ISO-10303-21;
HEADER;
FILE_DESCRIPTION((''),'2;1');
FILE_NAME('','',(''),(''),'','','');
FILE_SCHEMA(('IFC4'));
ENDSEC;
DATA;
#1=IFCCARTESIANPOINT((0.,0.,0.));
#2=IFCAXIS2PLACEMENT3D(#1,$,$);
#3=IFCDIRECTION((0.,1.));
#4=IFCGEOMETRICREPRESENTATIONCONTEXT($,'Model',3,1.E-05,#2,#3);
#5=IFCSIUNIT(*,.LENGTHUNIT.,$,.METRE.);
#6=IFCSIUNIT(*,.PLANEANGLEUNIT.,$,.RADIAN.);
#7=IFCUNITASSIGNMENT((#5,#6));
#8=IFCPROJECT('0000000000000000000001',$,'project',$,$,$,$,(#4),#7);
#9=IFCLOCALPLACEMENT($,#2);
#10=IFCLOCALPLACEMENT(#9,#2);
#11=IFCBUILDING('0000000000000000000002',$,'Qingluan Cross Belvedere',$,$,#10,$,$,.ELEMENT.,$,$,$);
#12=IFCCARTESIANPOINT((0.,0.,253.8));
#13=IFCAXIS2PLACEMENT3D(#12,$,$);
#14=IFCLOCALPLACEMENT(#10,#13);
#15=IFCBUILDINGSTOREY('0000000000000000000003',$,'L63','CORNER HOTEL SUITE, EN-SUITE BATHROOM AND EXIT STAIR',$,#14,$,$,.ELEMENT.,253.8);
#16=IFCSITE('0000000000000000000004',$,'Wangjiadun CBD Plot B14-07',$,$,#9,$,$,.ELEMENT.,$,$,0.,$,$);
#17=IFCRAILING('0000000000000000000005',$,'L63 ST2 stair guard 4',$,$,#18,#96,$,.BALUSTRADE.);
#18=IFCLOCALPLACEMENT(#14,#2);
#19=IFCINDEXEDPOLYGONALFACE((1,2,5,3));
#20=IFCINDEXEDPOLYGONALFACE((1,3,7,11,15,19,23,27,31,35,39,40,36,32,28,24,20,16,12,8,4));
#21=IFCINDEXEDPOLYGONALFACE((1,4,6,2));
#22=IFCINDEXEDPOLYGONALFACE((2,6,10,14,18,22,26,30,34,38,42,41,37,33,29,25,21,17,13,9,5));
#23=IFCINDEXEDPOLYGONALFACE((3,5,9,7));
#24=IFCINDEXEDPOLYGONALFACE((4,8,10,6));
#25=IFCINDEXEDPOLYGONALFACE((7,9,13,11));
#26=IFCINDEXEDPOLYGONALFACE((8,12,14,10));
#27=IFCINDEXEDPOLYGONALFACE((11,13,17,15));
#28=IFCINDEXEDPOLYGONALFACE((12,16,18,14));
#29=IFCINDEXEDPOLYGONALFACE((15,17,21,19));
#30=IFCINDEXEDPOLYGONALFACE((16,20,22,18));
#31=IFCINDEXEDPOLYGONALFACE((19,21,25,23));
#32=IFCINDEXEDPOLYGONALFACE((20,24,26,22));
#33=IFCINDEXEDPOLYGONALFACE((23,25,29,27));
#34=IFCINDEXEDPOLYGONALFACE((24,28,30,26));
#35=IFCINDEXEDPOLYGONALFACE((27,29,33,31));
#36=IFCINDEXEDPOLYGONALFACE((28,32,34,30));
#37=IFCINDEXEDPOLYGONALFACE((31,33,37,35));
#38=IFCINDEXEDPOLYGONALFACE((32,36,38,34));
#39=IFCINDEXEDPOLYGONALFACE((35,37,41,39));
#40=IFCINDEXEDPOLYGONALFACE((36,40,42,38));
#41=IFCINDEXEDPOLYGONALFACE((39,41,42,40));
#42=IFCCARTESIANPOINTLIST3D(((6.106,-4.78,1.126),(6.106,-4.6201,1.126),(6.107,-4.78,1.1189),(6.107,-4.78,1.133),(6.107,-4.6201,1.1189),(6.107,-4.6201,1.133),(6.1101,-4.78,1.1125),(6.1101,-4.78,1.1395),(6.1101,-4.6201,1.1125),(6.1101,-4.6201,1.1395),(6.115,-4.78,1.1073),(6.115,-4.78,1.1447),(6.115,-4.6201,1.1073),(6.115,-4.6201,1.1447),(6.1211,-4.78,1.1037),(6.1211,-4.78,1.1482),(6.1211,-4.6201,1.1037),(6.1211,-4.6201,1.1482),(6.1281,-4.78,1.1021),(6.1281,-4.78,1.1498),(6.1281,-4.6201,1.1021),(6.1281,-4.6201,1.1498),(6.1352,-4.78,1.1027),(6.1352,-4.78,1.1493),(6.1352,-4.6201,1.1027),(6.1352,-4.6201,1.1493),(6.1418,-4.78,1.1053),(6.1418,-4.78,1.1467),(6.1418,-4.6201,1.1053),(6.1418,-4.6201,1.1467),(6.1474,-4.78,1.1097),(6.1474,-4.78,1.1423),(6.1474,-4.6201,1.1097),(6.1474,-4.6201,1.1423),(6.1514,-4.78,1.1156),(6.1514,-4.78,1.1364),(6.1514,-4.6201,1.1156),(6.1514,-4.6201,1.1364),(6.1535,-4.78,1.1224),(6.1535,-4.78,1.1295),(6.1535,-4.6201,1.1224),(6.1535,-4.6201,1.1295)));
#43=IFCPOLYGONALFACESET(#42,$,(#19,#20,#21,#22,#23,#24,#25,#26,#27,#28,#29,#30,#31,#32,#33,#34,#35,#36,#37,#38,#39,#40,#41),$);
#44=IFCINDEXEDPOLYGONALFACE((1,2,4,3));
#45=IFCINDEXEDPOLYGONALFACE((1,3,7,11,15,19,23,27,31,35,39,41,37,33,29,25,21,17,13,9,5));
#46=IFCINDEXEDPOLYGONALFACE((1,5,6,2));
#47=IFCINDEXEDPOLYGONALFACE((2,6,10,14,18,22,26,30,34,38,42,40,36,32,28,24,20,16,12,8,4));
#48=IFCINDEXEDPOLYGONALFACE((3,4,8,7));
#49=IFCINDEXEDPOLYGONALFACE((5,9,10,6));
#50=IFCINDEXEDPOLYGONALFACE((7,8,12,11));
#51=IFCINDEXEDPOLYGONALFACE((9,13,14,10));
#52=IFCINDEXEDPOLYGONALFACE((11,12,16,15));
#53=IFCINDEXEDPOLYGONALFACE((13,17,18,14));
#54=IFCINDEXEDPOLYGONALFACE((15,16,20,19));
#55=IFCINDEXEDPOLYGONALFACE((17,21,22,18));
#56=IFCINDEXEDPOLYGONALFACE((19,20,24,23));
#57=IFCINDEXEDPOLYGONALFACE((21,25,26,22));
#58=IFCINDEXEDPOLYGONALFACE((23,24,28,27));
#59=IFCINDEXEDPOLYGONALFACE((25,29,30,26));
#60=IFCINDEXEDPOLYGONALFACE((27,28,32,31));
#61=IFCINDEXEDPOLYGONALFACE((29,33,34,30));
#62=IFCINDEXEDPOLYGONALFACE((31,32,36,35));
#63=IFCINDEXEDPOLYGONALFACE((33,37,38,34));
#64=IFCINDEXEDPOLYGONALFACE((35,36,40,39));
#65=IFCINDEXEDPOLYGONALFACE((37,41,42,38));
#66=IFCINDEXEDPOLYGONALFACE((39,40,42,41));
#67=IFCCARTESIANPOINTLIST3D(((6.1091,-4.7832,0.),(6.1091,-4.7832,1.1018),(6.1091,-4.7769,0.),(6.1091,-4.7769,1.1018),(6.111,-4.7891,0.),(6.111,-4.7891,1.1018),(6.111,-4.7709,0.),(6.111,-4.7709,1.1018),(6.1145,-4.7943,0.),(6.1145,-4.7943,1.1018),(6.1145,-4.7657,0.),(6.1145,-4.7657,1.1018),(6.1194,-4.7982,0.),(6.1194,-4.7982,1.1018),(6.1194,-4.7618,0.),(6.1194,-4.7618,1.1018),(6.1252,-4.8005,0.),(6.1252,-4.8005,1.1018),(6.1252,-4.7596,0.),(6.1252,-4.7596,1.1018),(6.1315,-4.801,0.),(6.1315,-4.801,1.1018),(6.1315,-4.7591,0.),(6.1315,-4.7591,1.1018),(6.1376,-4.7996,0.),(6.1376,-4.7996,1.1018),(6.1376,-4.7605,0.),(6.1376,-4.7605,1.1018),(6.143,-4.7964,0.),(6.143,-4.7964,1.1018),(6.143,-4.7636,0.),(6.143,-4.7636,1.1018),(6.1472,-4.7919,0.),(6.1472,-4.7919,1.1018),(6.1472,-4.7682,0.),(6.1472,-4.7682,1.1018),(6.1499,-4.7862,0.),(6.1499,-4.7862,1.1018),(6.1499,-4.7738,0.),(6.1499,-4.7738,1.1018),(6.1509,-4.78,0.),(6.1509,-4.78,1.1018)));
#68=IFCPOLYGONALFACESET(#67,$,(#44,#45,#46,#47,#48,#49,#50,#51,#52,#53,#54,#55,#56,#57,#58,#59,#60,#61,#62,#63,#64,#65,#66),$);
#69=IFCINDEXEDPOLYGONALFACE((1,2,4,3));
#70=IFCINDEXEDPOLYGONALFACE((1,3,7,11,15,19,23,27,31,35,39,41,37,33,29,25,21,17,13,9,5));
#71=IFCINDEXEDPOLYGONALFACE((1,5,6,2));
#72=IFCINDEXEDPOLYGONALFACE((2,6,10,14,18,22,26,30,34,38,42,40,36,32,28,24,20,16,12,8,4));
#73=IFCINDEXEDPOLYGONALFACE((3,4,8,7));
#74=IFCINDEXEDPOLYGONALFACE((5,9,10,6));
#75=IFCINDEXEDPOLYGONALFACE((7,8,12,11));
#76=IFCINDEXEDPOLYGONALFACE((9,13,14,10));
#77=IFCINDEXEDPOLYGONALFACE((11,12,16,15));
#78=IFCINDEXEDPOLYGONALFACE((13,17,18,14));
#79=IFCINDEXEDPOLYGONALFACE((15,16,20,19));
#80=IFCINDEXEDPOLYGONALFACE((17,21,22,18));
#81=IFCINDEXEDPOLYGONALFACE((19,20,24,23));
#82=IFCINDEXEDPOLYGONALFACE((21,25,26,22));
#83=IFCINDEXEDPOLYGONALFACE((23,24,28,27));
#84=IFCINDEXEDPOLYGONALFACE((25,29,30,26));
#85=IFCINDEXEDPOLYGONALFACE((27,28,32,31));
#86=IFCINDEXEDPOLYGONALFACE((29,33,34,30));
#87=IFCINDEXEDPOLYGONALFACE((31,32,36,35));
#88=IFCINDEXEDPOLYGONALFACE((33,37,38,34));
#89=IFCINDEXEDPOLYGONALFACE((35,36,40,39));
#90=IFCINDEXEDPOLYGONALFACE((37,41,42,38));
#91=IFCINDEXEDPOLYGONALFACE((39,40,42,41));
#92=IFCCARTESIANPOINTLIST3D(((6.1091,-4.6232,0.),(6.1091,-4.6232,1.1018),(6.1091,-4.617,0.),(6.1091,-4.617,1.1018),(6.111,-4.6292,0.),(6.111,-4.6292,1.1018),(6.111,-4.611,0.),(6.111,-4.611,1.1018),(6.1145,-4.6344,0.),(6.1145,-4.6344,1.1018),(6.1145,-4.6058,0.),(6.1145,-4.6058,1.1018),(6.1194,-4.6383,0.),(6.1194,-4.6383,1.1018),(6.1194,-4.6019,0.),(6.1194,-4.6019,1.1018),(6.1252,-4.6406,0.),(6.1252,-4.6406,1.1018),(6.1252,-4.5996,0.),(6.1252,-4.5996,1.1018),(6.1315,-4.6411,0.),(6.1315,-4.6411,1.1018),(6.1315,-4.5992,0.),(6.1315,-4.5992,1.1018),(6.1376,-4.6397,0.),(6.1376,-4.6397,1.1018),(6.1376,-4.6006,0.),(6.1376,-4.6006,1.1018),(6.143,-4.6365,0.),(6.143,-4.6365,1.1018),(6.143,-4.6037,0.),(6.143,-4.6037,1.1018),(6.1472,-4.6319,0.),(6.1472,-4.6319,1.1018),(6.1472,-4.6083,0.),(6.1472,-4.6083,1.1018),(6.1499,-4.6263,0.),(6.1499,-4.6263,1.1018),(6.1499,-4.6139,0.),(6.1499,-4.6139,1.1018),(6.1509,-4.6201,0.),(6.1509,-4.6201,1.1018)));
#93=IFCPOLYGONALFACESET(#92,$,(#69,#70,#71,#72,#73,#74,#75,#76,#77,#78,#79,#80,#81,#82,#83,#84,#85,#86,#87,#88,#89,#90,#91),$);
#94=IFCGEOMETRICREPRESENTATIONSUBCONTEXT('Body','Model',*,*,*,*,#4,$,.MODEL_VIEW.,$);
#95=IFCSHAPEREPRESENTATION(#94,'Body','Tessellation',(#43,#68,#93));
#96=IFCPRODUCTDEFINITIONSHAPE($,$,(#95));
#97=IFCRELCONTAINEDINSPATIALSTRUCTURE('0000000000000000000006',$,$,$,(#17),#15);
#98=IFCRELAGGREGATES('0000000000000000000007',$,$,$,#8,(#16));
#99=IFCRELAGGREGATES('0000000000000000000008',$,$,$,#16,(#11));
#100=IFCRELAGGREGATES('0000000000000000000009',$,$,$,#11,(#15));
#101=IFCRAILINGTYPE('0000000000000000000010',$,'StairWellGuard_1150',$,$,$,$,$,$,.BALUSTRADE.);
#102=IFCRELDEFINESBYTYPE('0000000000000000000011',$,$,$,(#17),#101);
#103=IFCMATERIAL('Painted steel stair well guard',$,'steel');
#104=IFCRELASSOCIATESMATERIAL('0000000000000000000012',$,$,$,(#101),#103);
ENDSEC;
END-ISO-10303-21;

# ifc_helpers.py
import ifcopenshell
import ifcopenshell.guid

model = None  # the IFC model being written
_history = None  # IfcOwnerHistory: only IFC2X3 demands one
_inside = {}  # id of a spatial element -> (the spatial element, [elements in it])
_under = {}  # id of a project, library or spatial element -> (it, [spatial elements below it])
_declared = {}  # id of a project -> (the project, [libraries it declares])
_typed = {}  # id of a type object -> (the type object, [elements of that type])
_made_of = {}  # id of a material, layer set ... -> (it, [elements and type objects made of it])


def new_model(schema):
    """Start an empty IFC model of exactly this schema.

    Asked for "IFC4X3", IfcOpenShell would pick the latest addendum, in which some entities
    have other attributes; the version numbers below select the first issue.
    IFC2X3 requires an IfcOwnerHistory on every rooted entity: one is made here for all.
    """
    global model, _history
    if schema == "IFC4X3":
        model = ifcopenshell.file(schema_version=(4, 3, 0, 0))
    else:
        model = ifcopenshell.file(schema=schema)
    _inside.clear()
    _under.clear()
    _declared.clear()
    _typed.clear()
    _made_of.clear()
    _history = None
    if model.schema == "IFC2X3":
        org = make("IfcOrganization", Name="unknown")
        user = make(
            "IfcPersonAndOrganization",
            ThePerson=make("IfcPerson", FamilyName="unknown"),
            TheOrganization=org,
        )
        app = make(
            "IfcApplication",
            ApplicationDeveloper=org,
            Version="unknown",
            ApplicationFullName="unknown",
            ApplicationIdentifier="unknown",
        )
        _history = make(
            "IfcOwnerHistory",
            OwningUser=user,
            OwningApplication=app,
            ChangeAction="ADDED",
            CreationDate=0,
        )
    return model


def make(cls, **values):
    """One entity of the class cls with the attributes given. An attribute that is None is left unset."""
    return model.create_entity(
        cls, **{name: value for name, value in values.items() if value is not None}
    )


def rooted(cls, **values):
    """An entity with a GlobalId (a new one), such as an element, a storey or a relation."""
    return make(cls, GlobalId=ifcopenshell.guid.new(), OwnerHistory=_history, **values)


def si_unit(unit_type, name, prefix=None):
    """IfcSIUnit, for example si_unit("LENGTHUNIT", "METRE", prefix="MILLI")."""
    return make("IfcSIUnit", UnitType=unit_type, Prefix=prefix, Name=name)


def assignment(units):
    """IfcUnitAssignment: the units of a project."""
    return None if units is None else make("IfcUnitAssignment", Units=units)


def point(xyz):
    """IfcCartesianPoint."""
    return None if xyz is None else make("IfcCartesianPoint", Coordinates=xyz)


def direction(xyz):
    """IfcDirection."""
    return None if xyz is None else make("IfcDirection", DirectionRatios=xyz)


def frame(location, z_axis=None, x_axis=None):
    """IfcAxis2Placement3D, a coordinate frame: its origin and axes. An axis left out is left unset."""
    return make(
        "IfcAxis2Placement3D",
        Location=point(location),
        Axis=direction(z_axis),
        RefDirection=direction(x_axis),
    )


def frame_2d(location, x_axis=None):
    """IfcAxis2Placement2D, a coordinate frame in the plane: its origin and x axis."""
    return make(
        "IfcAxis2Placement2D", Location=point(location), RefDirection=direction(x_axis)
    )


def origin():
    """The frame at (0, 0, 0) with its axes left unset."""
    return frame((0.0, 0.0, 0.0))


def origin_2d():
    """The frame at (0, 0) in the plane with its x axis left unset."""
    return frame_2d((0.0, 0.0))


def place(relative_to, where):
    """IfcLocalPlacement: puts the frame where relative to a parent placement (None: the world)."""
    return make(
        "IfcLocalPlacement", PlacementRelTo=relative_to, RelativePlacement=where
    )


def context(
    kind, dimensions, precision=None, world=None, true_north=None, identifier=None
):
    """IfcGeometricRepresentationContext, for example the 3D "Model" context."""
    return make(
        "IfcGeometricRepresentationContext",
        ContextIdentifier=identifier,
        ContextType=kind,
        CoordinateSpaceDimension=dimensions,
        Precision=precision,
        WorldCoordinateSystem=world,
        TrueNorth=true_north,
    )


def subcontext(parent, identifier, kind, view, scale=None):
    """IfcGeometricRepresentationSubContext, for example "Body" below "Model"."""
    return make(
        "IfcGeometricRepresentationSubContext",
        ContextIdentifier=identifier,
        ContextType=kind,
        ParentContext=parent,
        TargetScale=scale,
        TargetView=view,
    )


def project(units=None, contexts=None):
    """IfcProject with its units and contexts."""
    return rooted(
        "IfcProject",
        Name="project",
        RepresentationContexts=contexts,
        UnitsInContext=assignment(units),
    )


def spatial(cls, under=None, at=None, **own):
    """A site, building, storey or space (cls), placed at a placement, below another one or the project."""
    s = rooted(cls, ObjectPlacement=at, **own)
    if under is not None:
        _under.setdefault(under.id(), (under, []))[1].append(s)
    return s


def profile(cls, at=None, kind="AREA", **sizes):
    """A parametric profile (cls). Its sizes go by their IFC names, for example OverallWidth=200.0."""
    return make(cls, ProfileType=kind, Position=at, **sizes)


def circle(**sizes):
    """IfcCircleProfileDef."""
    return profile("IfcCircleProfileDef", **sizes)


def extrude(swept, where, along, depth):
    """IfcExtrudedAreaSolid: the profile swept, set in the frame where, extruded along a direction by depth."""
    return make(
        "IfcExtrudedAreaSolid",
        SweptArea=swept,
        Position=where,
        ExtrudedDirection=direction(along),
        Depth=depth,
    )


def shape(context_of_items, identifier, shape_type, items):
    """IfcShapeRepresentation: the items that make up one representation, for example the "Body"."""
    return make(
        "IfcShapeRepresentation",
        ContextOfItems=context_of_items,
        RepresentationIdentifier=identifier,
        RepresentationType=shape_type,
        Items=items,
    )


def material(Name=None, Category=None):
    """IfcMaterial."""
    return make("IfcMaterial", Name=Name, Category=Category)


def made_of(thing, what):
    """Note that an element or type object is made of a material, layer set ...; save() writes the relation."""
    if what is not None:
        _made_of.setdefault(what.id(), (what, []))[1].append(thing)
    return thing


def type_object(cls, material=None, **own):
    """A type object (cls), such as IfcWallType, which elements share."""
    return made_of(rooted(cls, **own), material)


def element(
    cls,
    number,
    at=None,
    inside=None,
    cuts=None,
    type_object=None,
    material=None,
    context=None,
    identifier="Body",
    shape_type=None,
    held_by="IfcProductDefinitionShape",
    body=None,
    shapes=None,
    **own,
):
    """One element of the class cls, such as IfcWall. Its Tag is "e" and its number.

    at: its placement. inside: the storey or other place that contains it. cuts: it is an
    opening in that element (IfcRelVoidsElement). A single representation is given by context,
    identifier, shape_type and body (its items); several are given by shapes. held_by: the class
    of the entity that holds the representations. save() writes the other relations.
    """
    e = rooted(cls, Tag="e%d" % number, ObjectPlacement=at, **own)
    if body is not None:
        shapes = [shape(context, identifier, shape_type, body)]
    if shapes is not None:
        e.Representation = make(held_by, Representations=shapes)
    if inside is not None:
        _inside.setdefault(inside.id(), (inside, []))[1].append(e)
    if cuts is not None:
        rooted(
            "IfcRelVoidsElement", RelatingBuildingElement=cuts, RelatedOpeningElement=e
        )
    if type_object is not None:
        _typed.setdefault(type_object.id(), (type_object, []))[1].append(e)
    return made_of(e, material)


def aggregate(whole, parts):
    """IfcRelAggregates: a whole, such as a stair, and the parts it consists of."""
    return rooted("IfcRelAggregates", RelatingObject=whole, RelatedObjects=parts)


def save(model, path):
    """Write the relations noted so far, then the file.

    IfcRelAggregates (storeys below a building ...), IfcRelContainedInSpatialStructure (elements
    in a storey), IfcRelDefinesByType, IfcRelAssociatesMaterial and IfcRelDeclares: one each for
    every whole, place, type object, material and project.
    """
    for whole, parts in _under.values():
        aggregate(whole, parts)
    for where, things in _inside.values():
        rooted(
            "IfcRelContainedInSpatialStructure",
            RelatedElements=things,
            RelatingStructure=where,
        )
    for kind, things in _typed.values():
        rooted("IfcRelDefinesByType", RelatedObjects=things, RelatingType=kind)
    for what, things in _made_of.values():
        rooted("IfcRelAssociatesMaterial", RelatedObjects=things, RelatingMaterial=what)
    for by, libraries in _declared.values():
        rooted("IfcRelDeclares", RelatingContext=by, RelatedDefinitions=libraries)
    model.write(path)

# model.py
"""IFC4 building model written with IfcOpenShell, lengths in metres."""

from ifc_helpers import new_model, si_unit, direction, frame, origin, origin_2d, place, context, subcontext, project, spatial, circle, extrude, material, type_object, element, save


model = new_model("IFC4")

# Units and contexts
model_context = context("Model", 3, precision=1e-05, world=origin(), true_north=direction((0.0, 1.0)))
body_context = subcontext(model_context, "Body", "Model", "MODEL_VIEW")
ifc_project = project(units=[si_unit("LENGTHUNIT", "METRE"), si_unit("PLANEANGLEUNIT", "RADIAN")], contexts=[model_context])

# Site, building, storey
site_placement = place(None, origin())
site = spatial("IfcSite", under=ifc_project, at=site_placement, Name="Wangjiadun CBD Plot B14-07", CompositionType="ELEMENT", RefElevation=0.0)
building_placement = place(site_placement, origin())
building = spatial("IfcBuilding", under=site, at=building_placement, Name="Qingluan Cross Belvedere", CompositionType="ELEMENT")
storey_placement = place(building_placement, frame((0.0, 0.0, 253.8)))
storey = spatial("IfcBuildingStorey", under=building, at=storey_placement, Name="L63", Description="CORNER HOTEL SUITE, EN-SUITE BATHROOM AND EXIT STAIR", CompositionType="ELEMENT", Elevation=253.8)

# Railing
ifc_material_1 = material(Name="Painted steel stair well guard", Category="steel")
railing_type_1 = type_object("IfcRailingType", Name="StairWellGuard_1150", PredefinedType="BALUSTRADE", material=ifc_material_1)
railing_1_placement = place(storey_placement, frame((6.1299, -4.78, 0.0)))
element("IfcRailing", 1, at=railing_1_placement, inside=storey, type_object=railing_type_1, Name="L63 ST2 stair guard 4", PredefinedType="BALUSTRADE", context=body_context, shape_type="SweptSolid", body=[
    extrude(circle(Radius=0.0239, at=origin_2d()), frame((0.0, 0.0, 1.126), z_axis=(0.0, 1.0, 0.0), x_axis=(-1.0, 0.0, 0.0)), (0.0, 0.0, 1.0), 0.1599),
    extrude(circle(Radius=0.021, at=origin_2d()), origin(), (0.0, 0.0, 1.0), 1.1018),
    extrude(circle(Radius=0.021, at=origin_2d()), frame((0.0, 0.1599, 0.0)), (0.0, 0.0, 1.0), 1.1018),
])

save(model, "model.ifc")
